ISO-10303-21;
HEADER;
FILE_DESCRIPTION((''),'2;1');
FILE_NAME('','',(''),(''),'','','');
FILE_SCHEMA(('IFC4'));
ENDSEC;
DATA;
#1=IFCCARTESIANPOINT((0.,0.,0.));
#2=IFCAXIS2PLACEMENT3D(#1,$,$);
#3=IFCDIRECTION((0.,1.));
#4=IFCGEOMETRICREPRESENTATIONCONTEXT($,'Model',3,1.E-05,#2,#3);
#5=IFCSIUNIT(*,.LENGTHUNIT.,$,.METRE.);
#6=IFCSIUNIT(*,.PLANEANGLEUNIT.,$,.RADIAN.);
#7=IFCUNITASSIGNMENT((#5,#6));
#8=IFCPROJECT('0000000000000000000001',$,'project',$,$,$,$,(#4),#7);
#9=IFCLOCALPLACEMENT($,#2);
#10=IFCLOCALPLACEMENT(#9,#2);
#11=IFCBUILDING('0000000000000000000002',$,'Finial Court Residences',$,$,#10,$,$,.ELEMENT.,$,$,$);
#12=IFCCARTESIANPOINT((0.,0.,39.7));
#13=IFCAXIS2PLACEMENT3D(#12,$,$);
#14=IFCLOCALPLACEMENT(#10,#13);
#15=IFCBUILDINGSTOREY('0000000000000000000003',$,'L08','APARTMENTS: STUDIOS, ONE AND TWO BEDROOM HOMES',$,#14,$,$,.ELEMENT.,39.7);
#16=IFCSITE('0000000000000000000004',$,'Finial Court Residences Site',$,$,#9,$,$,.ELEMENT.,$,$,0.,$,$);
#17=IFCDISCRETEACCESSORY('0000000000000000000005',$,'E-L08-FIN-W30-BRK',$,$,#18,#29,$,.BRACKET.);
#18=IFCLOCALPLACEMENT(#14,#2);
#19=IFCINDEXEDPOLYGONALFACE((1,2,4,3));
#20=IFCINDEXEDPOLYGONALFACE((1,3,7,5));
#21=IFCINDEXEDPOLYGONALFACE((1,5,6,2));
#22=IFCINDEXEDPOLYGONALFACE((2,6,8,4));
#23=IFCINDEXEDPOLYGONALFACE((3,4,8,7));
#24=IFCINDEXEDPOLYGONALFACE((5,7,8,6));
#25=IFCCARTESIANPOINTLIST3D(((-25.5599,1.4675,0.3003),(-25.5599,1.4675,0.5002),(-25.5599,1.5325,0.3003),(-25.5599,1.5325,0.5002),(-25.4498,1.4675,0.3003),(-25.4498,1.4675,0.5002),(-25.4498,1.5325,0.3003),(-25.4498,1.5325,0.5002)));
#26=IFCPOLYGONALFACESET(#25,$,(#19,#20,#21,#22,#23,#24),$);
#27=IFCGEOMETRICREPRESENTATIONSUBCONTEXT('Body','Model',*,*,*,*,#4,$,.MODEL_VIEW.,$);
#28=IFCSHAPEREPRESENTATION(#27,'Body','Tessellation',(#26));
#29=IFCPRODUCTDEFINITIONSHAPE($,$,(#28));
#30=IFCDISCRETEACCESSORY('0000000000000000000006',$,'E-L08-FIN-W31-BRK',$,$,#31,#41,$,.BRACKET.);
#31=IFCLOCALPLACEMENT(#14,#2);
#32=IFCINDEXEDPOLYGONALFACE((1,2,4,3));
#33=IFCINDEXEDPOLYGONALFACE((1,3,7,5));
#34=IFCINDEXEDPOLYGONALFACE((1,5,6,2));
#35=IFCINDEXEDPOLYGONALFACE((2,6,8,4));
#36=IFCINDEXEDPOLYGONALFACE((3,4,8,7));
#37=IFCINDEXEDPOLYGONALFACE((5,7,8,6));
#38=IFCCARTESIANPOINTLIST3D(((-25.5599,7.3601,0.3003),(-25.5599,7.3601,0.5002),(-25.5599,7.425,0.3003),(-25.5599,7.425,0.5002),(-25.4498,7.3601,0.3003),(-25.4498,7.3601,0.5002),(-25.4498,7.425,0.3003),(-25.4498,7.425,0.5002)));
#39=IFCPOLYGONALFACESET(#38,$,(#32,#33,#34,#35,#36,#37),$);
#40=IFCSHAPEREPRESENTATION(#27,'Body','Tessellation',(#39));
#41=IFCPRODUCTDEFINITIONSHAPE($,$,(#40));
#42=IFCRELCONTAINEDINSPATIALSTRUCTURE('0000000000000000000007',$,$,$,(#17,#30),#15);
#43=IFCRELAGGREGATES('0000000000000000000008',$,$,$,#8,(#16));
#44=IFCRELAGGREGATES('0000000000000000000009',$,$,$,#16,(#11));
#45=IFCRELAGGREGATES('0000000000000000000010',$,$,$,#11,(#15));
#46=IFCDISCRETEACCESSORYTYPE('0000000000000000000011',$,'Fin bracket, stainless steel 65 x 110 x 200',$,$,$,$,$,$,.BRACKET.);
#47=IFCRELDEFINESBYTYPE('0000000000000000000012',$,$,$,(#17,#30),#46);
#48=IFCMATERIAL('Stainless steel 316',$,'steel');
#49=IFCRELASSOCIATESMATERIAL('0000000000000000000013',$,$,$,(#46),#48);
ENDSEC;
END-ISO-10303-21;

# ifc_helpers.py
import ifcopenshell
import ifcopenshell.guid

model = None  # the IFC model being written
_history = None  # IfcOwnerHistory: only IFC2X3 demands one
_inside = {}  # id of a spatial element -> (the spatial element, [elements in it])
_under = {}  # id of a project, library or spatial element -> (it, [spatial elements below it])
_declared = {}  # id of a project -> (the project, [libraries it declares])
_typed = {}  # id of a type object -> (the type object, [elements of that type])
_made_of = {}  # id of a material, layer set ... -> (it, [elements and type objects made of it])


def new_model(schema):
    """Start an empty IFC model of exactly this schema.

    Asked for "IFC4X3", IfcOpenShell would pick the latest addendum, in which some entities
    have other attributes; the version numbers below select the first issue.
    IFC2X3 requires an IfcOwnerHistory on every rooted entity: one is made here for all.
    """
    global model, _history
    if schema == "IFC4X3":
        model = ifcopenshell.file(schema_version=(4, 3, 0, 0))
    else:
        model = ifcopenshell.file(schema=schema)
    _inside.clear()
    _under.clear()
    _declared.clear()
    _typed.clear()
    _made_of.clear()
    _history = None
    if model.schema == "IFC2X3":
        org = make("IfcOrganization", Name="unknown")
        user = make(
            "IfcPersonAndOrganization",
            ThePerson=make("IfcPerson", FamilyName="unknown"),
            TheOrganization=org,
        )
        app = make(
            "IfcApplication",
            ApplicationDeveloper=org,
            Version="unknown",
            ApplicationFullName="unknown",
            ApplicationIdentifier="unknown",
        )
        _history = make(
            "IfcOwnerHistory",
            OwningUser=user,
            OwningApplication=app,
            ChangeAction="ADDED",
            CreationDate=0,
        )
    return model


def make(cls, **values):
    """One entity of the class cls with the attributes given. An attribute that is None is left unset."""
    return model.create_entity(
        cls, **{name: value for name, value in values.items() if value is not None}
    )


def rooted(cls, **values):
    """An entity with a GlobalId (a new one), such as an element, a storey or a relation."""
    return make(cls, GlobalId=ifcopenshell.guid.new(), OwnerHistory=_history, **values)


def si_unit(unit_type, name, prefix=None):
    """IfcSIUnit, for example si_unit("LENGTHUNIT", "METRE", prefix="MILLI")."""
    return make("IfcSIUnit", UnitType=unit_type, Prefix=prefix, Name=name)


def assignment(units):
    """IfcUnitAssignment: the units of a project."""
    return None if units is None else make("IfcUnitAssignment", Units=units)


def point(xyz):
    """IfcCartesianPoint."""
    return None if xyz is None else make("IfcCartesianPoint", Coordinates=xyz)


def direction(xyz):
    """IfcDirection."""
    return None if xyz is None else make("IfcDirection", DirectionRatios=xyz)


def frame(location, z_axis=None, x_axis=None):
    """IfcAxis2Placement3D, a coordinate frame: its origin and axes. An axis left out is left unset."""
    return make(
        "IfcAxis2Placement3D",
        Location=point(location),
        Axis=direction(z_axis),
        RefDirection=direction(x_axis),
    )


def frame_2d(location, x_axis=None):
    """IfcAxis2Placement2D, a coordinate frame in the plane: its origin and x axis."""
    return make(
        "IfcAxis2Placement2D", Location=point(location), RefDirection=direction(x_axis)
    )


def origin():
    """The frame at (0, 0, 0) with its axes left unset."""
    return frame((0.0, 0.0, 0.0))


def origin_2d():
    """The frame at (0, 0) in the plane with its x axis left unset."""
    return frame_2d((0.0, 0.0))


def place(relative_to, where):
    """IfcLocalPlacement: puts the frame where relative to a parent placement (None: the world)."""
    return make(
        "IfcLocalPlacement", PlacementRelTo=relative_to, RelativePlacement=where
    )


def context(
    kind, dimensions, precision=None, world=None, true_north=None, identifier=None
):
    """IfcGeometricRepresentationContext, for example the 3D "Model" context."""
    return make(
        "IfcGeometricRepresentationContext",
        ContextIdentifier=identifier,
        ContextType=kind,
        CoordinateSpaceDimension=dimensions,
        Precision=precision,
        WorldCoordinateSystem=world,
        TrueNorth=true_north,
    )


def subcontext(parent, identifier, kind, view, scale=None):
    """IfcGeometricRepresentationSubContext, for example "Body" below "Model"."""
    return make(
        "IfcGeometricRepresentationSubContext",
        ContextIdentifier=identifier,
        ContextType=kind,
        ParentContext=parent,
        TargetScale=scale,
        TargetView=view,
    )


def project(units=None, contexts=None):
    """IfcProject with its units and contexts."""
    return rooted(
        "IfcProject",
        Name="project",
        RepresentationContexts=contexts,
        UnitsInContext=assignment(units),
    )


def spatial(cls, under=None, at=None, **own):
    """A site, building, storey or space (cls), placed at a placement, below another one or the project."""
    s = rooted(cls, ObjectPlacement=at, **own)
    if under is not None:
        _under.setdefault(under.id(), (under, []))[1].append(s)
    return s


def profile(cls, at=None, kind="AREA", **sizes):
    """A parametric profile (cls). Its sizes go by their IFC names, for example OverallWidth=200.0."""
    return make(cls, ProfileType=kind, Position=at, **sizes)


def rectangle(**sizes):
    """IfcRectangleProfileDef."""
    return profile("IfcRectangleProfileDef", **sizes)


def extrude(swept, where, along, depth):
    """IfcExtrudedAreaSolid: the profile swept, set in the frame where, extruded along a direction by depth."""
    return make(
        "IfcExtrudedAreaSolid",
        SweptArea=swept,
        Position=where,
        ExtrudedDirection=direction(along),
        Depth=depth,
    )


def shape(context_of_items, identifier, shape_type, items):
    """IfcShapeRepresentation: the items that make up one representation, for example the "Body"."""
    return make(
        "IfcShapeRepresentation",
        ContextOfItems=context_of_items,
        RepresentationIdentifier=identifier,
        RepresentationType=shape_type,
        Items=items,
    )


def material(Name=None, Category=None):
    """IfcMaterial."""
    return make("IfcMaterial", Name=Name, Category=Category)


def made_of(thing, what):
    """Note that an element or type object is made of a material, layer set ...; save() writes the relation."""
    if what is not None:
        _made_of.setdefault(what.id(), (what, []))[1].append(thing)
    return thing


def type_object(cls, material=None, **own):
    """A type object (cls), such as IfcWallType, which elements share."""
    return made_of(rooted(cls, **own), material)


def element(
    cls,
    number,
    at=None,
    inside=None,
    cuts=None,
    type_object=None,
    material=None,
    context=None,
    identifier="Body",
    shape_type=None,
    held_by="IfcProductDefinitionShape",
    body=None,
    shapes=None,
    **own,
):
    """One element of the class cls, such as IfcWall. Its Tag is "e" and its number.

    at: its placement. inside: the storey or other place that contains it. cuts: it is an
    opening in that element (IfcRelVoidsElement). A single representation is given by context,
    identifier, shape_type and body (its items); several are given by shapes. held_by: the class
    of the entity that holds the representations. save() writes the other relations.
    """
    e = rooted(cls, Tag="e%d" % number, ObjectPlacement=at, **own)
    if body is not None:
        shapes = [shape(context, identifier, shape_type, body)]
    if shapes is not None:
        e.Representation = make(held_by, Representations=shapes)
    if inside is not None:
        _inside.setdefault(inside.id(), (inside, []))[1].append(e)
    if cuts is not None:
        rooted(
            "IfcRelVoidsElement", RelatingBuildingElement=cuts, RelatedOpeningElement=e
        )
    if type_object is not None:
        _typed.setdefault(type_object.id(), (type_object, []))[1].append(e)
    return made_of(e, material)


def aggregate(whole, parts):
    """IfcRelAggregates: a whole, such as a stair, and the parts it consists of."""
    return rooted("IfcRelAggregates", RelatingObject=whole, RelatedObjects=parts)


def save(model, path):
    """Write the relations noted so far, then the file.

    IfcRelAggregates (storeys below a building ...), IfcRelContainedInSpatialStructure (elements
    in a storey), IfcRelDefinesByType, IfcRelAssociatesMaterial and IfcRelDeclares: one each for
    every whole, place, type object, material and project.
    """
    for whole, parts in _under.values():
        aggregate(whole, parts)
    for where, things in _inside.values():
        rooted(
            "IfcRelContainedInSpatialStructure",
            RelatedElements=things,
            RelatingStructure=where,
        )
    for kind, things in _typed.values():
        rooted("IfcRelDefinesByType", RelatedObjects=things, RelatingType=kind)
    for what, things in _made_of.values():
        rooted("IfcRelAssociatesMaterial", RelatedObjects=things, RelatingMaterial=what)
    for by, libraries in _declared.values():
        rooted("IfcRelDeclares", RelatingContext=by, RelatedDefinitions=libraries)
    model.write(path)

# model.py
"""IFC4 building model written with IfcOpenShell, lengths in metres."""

from ifc_helpers import new_model, si_unit, direction, frame, origin, origin_2d, place, context, subcontext, project, spatial, rectangle, extrude, material, type_object, element, save


model = new_model("IFC4")

# Units and contexts
model_context = context("Model", 3, precision=1e-05, world=origin(), true_north=direction((0.0, 1.0)))
body_context = subcontext(model_context, "Body", "Model", "MODEL_VIEW")
ifc_project = project(units=[si_unit("LENGTHUNIT", "METRE"), si_unit("PLANEANGLEUNIT", "RADIAN")], contexts=[model_context])

# Site, building, storey
site_placement = place(None, origin())
site = spatial("IfcSite", under=ifc_project, at=site_placement, Name="Finial Court Residences Site", CompositionType="ELEMENT", RefElevation=0.0)
building_placement = place(site_placement, origin())
building = spatial("IfcBuilding", under=site, at=building_placement, Name="Finial Court Residences", CompositionType="ELEMENT")
storey_placement = place(building_placement, frame((0.0, 0.0, 39.7)))
storey = spatial("IfcBuildingStorey", under=building, at=storey_placement, Name="L08", Description="APARTMENTS: STUDIOS, ONE AND TWO BEDROOM HOMES", CompositionType="ELEMENT", Elevation=39.7)

# Discrete accessories
ifc_material_1 = material(Name="Stainless steel 316", Category="steel")
discrete_accessory_type = type_object("IfcDiscreteAccessoryType", Name="Fin bracket, stainless steel 65 x 110 x 200", PredefinedType="BRACKET", material=ifc_material_1)
for number, where, z_axis, x_axis, name in (
    (1, (-25.5049, 1.5, 0.3003), (0.0, 0.0, 1.0), (1.0, 0.0, 0.0), "E-L08-FIN-W30-BRK"),
    (2, (-25.5049, 7.3926, 0.3003), (0.0, 0.0, 1.0), (1.0, 0.0, 0.0), "E-L08-FIN-W31-BRK"),
):
    element("IfcDiscreteAccessory", number, at=place(storey_placement, frame(where, z_axis=z_axis, x_axis=x_axis)), inside=storey, type_object=discrete_accessory_type, Name=name, PredefinedType="BRACKET", context=body_context, shape_type="SweptSolid", body=[
        extrude(rectangle(XDim=0.1101, YDim=0.0649, at=origin_2d()), origin(), (0.0, 0.0, 1.0), 0.2),
    ])

save(model, "model.ifc")
